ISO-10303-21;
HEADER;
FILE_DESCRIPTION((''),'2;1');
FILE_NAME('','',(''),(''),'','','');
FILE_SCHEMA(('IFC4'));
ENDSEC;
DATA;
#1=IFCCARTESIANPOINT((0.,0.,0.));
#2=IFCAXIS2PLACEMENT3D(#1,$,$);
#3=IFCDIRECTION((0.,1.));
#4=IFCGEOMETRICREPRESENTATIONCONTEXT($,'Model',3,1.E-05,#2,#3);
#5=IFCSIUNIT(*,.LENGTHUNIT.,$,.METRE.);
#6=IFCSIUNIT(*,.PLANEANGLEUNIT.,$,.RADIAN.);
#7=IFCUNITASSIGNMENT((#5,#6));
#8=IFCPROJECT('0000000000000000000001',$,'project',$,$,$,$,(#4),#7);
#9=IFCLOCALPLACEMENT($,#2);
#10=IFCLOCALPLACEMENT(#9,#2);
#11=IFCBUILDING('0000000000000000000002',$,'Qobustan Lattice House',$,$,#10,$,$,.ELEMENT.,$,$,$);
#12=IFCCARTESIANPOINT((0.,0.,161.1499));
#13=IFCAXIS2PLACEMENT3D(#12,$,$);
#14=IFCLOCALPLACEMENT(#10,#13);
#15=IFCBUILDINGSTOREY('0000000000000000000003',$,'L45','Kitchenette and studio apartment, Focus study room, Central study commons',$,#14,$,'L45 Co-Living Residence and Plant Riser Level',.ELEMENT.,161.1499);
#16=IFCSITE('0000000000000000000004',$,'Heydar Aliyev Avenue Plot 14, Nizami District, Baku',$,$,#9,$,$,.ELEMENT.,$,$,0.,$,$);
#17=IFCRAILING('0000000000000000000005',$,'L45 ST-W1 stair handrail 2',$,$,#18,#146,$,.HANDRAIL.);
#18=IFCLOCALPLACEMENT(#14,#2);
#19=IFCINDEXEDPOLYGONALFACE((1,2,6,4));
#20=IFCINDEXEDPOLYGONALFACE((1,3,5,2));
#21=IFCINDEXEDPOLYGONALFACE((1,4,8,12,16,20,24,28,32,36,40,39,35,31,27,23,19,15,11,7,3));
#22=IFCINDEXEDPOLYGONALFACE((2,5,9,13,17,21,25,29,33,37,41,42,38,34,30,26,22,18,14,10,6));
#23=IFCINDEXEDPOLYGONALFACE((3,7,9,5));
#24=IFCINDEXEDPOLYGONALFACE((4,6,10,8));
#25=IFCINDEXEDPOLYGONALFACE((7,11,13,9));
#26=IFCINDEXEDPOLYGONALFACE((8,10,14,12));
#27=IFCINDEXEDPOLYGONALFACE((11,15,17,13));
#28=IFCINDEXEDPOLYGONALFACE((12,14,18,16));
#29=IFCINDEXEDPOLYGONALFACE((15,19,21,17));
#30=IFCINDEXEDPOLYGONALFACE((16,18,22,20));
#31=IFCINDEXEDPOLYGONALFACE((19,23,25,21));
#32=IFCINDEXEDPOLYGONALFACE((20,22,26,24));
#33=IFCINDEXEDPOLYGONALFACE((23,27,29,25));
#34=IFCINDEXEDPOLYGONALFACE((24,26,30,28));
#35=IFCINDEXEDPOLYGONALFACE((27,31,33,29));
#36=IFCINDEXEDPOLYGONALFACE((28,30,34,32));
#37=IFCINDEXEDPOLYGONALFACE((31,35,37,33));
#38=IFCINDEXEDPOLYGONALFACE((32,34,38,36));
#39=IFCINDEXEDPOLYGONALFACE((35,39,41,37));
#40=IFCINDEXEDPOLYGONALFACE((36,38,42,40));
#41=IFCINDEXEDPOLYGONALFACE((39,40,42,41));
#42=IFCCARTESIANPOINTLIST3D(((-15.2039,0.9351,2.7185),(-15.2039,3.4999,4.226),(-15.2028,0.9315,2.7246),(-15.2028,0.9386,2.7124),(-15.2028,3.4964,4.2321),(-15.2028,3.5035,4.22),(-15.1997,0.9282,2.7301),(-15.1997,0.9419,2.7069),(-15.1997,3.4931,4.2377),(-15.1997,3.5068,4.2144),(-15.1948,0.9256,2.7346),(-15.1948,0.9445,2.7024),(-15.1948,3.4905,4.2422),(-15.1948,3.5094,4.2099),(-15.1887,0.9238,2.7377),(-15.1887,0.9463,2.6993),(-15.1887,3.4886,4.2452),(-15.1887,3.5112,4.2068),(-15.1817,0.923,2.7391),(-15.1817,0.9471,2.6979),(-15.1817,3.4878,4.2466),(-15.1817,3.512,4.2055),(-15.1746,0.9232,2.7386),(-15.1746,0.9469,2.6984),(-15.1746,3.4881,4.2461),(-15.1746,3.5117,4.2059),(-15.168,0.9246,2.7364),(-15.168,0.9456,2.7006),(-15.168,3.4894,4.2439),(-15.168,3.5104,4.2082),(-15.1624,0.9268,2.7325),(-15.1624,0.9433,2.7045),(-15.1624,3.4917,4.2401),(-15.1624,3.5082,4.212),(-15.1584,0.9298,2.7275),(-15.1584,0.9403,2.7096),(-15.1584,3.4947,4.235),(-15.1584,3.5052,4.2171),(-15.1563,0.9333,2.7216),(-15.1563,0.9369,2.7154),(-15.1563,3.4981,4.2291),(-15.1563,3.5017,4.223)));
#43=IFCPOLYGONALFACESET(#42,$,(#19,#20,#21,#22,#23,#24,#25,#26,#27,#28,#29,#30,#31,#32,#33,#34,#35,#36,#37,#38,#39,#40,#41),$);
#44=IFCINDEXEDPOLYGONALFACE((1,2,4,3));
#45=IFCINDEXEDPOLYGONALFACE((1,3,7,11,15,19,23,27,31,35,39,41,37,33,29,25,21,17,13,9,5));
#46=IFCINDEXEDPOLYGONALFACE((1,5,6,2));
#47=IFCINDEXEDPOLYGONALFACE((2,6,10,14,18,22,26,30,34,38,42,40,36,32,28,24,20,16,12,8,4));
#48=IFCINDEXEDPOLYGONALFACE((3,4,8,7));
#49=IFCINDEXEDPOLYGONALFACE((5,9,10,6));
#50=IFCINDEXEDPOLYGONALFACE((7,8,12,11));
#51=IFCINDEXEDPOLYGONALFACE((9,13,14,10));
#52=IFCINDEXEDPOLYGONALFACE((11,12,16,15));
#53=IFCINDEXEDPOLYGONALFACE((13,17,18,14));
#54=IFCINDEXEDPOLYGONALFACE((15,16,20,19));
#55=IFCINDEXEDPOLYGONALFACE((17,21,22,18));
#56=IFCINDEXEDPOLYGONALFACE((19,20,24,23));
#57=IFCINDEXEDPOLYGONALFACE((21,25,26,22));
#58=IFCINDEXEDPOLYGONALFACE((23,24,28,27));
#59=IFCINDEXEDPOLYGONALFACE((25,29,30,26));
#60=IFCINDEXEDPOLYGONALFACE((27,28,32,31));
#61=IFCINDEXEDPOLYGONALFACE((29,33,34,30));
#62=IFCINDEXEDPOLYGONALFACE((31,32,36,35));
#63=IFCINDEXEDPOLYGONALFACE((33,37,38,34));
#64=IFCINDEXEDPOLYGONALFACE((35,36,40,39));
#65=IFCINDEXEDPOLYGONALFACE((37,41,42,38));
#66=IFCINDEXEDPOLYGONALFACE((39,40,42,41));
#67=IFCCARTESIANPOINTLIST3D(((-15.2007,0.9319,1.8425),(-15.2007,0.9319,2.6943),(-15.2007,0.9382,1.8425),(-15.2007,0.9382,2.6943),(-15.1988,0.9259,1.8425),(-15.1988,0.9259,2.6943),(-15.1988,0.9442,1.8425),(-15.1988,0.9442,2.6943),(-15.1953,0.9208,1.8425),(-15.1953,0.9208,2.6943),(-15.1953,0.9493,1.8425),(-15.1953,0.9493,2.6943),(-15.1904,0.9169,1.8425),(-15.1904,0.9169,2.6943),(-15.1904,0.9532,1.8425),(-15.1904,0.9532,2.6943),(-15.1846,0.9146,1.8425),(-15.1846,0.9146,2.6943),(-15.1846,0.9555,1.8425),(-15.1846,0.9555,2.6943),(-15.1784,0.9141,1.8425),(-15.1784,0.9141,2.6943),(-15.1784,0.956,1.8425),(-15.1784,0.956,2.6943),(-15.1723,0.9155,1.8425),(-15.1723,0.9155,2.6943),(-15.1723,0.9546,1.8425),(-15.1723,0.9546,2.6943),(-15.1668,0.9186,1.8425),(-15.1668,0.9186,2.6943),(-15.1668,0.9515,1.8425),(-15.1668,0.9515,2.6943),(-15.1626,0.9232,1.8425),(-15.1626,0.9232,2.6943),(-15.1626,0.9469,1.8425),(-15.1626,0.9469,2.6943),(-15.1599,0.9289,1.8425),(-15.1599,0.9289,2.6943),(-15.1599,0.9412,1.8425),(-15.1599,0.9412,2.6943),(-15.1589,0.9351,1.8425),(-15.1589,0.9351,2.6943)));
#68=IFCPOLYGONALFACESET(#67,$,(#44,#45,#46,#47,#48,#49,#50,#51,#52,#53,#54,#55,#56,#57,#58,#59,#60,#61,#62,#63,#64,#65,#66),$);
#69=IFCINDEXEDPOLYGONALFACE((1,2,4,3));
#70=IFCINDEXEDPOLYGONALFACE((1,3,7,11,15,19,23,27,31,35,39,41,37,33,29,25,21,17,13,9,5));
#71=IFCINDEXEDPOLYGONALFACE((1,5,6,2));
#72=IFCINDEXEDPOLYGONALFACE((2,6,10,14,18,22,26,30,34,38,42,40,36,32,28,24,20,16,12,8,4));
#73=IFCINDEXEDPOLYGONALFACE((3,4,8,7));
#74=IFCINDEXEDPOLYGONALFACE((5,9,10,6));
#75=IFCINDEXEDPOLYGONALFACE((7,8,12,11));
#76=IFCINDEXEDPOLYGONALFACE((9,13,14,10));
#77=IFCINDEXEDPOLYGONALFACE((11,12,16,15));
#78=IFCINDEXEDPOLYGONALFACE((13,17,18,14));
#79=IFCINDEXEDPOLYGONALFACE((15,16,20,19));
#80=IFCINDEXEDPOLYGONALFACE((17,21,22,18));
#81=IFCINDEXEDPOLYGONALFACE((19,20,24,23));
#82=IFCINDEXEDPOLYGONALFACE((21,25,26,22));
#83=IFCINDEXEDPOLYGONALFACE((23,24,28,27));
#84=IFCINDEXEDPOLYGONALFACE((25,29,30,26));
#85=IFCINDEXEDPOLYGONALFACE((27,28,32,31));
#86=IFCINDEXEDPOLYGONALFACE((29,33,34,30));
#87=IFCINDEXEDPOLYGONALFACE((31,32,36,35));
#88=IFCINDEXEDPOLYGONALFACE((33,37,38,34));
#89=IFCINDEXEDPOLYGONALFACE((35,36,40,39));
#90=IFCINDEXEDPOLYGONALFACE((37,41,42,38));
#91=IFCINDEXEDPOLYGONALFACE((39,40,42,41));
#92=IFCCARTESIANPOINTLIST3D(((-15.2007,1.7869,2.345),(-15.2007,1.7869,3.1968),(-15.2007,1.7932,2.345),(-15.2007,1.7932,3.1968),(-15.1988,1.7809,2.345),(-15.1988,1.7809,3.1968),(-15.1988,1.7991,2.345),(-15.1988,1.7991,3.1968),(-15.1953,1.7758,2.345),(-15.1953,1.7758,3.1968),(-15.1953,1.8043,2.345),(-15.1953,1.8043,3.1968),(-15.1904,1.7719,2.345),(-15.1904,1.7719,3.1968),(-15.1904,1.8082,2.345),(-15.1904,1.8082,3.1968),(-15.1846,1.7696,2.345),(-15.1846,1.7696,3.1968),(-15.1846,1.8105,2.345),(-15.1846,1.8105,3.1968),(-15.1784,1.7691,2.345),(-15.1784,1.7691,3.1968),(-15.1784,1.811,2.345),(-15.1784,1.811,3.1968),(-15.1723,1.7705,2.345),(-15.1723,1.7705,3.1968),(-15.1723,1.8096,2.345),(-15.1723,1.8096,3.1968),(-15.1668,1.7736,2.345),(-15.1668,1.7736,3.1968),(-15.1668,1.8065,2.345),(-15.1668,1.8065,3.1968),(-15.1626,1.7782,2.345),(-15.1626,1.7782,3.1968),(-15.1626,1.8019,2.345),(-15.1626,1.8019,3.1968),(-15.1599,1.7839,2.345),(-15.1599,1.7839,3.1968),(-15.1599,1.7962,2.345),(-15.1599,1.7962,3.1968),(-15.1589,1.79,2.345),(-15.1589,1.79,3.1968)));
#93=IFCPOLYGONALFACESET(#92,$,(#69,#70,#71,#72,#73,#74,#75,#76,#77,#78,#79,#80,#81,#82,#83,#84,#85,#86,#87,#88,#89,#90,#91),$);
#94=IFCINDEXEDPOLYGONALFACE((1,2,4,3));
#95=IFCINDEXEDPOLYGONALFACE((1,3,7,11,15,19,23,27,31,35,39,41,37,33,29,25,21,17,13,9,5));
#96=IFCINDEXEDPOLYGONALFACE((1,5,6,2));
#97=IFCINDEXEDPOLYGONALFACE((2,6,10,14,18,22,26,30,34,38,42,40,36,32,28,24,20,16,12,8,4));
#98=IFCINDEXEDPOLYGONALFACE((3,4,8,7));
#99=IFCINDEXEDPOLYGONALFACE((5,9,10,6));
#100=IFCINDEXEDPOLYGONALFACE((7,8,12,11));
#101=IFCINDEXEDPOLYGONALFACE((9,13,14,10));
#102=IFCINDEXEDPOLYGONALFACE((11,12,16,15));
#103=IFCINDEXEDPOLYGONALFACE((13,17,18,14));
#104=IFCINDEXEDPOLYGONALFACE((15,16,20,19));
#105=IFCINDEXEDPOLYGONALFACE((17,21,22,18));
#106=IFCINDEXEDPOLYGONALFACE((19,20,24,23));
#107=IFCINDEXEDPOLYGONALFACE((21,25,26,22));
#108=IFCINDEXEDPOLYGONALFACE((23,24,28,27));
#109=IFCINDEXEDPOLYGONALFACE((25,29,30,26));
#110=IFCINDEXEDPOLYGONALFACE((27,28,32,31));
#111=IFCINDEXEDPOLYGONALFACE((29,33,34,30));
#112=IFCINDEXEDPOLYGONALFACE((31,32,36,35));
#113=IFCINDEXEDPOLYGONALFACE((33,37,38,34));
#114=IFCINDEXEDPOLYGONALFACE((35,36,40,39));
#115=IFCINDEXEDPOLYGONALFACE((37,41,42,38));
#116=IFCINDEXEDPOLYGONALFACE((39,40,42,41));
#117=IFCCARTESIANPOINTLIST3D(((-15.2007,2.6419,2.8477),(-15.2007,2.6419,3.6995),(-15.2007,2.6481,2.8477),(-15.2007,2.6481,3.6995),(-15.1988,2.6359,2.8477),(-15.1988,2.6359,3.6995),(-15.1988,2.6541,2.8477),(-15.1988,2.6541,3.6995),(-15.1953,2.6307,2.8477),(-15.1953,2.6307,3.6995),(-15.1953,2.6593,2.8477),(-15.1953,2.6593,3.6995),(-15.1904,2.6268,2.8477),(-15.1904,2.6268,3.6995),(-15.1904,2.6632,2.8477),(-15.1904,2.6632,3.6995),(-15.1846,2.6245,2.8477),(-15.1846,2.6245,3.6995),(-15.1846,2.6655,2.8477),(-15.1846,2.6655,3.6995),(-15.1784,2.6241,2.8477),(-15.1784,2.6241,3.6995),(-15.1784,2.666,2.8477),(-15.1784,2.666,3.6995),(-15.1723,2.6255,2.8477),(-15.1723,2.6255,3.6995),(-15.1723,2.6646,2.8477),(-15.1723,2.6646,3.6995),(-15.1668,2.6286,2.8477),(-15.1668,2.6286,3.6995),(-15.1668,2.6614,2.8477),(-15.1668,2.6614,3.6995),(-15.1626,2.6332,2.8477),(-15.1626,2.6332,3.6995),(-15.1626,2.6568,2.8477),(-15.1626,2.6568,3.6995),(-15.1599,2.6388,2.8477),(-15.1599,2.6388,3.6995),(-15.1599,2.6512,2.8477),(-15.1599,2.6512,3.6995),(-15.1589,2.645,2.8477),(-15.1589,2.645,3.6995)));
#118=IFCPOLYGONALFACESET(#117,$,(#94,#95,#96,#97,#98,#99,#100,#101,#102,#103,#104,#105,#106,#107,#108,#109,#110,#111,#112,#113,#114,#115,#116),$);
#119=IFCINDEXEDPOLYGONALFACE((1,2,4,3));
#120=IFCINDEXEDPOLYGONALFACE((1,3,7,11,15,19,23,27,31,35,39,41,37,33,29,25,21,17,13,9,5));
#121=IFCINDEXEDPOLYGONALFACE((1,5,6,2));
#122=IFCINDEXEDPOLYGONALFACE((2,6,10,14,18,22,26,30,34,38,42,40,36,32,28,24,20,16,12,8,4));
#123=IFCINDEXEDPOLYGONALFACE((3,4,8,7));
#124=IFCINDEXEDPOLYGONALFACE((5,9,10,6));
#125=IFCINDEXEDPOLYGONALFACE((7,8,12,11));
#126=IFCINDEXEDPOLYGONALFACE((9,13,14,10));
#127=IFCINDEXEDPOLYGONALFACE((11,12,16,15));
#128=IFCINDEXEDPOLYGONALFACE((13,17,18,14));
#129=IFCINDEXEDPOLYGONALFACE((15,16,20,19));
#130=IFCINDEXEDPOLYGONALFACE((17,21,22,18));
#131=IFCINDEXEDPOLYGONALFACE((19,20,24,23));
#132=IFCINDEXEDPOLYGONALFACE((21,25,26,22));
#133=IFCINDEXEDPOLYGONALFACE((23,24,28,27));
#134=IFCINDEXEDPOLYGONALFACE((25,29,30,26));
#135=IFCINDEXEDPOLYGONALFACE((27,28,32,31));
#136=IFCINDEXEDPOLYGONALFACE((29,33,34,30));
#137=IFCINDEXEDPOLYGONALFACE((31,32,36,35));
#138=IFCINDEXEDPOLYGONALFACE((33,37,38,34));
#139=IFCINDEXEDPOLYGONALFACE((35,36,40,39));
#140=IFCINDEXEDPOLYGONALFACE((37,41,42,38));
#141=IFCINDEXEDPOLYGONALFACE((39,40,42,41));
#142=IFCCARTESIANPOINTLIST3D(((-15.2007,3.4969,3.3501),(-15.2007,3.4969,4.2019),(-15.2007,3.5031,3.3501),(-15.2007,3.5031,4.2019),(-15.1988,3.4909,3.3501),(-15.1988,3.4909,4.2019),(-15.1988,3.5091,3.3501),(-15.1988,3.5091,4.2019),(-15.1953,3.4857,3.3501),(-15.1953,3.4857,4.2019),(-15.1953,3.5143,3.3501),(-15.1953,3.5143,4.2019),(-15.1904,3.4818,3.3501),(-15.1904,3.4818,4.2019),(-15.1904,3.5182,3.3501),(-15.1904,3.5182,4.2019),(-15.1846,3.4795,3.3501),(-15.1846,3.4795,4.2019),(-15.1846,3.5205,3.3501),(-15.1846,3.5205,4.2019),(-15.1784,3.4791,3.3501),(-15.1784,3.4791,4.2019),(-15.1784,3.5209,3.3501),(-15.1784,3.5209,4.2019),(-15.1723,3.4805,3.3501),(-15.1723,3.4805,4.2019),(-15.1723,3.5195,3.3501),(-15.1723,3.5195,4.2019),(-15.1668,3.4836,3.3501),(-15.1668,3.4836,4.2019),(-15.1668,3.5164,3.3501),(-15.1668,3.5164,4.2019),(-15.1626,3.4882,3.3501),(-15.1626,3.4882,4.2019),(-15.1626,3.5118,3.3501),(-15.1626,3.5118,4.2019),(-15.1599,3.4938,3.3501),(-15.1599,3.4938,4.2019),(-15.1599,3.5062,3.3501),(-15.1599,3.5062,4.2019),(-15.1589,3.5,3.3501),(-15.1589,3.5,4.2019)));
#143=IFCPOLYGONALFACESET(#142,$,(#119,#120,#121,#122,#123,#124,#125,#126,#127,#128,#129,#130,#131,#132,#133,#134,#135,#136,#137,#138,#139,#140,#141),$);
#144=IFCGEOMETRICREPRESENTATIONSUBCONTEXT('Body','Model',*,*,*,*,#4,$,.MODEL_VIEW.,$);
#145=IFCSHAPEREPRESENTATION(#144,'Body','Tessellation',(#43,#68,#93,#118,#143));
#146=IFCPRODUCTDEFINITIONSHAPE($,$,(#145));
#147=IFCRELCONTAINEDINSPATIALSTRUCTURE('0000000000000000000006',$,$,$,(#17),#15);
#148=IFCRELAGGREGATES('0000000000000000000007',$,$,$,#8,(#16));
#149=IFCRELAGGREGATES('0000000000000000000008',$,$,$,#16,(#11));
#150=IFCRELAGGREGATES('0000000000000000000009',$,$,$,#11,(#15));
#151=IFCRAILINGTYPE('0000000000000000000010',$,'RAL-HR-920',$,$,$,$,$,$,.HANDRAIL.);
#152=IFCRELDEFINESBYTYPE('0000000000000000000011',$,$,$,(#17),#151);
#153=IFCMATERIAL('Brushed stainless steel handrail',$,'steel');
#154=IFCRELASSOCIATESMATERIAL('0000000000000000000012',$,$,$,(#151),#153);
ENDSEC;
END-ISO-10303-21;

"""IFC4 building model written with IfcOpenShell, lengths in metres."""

from ifc_helpers import new_model, si_unit, direction, frame, origin, origin_2d, place, context, subcontext, project, spatial, circle, extrude, material, type_object, element, save


model = new_model("IFC4")

# Units and contexts
model_context = context("Model", 3, precision=1e-05, world=origin(), true_north=direction((0.0, 1.0)))
body_context = subcontext(model_context, "Body", "Model", "MODEL_VIEW")
ifc_project = project(units=[si_unit("LENGTHUNIT", "METRE"), si_unit("PLANEANGLEUNIT", "RADIAN")], contexts=[model_context])

# Site, building, storey
site_placement = place(None, origin())
site = spatial("IfcSite", under=ifc_project, at=site_placement, Name="Heydar Aliyev Avenue Plot 14, Nizami District, Baku", CompositionType="ELEMENT", RefElevation=0.0)
building_placement = place(site_placement, origin())
building = spatial("IfcBuilding", under=site, at=building_placement, Name="Qobustan Lattice House", CompositionType="ELEMENT")
storey_placement = place(building_placement, frame((0.0, 0.0, 161.1499)))
storey = spatial("IfcBuildingStorey", under=building, at=storey_placement, Name="L45", Description="Kitchenette and studio apartment, Focus study room, Central study commons", LongName="L45 Co-Living Residence and Plant Riser Level", CompositionType="ELEMENT", Elevation=161.1499)

# Railing
ifc_material_1 = material(Name="Brushed stainless steel handrail", Category="steel")
railing_type_1 = type_object("IfcRailingType", Name="RAL-HR-920", PredefinedType="HANDRAIL", material=ifc_material_1)
railing_1_placement = place(storey_placement, frame((-15.1799, 0.9351, 1.8425)))
element("IfcRailing", 1, at=railing_1_placement, inside=storey, type_object=railing_type_1, Name="L45 ST-W1 stair handrail 2", PredefinedType="HANDRAIL", context=body_context, shape_type="SweptSolid", body=[
    extrude(circle(Radius=0.0239, at=origin_2d()), frame((0.0, 0.0, 0.876), z_axis=(0.0, 0.862113, 0.506715), x_axis=(-1.0, 0.0, 0.0)), (0.0, 0.0, 1.0), 2.9751),
    extrude(circle(Radius=0.021, at=origin_2d()), origin(), (0.0, 0.0, 1.0), 0.8518),
    extrude(circle(Radius=0.021, at=origin_2d()), frame((0.0, 0.855, 0.5024)), (0.0, 0.0, 1.0), 0.8518),
    extrude(circle(Radius=0.021, at=origin_2d()), frame((0.0, 1.71, 1.0051)), (0.0, 0.0, 1.0), 0.8518),
    extrude(circle(Radius=0.021, at=origin_2d()), frame((0.0, 2.5649, 1.5076)), (0.0, 0.0, 1.0), 0.8518),
])

save(model, "model.ifc")
